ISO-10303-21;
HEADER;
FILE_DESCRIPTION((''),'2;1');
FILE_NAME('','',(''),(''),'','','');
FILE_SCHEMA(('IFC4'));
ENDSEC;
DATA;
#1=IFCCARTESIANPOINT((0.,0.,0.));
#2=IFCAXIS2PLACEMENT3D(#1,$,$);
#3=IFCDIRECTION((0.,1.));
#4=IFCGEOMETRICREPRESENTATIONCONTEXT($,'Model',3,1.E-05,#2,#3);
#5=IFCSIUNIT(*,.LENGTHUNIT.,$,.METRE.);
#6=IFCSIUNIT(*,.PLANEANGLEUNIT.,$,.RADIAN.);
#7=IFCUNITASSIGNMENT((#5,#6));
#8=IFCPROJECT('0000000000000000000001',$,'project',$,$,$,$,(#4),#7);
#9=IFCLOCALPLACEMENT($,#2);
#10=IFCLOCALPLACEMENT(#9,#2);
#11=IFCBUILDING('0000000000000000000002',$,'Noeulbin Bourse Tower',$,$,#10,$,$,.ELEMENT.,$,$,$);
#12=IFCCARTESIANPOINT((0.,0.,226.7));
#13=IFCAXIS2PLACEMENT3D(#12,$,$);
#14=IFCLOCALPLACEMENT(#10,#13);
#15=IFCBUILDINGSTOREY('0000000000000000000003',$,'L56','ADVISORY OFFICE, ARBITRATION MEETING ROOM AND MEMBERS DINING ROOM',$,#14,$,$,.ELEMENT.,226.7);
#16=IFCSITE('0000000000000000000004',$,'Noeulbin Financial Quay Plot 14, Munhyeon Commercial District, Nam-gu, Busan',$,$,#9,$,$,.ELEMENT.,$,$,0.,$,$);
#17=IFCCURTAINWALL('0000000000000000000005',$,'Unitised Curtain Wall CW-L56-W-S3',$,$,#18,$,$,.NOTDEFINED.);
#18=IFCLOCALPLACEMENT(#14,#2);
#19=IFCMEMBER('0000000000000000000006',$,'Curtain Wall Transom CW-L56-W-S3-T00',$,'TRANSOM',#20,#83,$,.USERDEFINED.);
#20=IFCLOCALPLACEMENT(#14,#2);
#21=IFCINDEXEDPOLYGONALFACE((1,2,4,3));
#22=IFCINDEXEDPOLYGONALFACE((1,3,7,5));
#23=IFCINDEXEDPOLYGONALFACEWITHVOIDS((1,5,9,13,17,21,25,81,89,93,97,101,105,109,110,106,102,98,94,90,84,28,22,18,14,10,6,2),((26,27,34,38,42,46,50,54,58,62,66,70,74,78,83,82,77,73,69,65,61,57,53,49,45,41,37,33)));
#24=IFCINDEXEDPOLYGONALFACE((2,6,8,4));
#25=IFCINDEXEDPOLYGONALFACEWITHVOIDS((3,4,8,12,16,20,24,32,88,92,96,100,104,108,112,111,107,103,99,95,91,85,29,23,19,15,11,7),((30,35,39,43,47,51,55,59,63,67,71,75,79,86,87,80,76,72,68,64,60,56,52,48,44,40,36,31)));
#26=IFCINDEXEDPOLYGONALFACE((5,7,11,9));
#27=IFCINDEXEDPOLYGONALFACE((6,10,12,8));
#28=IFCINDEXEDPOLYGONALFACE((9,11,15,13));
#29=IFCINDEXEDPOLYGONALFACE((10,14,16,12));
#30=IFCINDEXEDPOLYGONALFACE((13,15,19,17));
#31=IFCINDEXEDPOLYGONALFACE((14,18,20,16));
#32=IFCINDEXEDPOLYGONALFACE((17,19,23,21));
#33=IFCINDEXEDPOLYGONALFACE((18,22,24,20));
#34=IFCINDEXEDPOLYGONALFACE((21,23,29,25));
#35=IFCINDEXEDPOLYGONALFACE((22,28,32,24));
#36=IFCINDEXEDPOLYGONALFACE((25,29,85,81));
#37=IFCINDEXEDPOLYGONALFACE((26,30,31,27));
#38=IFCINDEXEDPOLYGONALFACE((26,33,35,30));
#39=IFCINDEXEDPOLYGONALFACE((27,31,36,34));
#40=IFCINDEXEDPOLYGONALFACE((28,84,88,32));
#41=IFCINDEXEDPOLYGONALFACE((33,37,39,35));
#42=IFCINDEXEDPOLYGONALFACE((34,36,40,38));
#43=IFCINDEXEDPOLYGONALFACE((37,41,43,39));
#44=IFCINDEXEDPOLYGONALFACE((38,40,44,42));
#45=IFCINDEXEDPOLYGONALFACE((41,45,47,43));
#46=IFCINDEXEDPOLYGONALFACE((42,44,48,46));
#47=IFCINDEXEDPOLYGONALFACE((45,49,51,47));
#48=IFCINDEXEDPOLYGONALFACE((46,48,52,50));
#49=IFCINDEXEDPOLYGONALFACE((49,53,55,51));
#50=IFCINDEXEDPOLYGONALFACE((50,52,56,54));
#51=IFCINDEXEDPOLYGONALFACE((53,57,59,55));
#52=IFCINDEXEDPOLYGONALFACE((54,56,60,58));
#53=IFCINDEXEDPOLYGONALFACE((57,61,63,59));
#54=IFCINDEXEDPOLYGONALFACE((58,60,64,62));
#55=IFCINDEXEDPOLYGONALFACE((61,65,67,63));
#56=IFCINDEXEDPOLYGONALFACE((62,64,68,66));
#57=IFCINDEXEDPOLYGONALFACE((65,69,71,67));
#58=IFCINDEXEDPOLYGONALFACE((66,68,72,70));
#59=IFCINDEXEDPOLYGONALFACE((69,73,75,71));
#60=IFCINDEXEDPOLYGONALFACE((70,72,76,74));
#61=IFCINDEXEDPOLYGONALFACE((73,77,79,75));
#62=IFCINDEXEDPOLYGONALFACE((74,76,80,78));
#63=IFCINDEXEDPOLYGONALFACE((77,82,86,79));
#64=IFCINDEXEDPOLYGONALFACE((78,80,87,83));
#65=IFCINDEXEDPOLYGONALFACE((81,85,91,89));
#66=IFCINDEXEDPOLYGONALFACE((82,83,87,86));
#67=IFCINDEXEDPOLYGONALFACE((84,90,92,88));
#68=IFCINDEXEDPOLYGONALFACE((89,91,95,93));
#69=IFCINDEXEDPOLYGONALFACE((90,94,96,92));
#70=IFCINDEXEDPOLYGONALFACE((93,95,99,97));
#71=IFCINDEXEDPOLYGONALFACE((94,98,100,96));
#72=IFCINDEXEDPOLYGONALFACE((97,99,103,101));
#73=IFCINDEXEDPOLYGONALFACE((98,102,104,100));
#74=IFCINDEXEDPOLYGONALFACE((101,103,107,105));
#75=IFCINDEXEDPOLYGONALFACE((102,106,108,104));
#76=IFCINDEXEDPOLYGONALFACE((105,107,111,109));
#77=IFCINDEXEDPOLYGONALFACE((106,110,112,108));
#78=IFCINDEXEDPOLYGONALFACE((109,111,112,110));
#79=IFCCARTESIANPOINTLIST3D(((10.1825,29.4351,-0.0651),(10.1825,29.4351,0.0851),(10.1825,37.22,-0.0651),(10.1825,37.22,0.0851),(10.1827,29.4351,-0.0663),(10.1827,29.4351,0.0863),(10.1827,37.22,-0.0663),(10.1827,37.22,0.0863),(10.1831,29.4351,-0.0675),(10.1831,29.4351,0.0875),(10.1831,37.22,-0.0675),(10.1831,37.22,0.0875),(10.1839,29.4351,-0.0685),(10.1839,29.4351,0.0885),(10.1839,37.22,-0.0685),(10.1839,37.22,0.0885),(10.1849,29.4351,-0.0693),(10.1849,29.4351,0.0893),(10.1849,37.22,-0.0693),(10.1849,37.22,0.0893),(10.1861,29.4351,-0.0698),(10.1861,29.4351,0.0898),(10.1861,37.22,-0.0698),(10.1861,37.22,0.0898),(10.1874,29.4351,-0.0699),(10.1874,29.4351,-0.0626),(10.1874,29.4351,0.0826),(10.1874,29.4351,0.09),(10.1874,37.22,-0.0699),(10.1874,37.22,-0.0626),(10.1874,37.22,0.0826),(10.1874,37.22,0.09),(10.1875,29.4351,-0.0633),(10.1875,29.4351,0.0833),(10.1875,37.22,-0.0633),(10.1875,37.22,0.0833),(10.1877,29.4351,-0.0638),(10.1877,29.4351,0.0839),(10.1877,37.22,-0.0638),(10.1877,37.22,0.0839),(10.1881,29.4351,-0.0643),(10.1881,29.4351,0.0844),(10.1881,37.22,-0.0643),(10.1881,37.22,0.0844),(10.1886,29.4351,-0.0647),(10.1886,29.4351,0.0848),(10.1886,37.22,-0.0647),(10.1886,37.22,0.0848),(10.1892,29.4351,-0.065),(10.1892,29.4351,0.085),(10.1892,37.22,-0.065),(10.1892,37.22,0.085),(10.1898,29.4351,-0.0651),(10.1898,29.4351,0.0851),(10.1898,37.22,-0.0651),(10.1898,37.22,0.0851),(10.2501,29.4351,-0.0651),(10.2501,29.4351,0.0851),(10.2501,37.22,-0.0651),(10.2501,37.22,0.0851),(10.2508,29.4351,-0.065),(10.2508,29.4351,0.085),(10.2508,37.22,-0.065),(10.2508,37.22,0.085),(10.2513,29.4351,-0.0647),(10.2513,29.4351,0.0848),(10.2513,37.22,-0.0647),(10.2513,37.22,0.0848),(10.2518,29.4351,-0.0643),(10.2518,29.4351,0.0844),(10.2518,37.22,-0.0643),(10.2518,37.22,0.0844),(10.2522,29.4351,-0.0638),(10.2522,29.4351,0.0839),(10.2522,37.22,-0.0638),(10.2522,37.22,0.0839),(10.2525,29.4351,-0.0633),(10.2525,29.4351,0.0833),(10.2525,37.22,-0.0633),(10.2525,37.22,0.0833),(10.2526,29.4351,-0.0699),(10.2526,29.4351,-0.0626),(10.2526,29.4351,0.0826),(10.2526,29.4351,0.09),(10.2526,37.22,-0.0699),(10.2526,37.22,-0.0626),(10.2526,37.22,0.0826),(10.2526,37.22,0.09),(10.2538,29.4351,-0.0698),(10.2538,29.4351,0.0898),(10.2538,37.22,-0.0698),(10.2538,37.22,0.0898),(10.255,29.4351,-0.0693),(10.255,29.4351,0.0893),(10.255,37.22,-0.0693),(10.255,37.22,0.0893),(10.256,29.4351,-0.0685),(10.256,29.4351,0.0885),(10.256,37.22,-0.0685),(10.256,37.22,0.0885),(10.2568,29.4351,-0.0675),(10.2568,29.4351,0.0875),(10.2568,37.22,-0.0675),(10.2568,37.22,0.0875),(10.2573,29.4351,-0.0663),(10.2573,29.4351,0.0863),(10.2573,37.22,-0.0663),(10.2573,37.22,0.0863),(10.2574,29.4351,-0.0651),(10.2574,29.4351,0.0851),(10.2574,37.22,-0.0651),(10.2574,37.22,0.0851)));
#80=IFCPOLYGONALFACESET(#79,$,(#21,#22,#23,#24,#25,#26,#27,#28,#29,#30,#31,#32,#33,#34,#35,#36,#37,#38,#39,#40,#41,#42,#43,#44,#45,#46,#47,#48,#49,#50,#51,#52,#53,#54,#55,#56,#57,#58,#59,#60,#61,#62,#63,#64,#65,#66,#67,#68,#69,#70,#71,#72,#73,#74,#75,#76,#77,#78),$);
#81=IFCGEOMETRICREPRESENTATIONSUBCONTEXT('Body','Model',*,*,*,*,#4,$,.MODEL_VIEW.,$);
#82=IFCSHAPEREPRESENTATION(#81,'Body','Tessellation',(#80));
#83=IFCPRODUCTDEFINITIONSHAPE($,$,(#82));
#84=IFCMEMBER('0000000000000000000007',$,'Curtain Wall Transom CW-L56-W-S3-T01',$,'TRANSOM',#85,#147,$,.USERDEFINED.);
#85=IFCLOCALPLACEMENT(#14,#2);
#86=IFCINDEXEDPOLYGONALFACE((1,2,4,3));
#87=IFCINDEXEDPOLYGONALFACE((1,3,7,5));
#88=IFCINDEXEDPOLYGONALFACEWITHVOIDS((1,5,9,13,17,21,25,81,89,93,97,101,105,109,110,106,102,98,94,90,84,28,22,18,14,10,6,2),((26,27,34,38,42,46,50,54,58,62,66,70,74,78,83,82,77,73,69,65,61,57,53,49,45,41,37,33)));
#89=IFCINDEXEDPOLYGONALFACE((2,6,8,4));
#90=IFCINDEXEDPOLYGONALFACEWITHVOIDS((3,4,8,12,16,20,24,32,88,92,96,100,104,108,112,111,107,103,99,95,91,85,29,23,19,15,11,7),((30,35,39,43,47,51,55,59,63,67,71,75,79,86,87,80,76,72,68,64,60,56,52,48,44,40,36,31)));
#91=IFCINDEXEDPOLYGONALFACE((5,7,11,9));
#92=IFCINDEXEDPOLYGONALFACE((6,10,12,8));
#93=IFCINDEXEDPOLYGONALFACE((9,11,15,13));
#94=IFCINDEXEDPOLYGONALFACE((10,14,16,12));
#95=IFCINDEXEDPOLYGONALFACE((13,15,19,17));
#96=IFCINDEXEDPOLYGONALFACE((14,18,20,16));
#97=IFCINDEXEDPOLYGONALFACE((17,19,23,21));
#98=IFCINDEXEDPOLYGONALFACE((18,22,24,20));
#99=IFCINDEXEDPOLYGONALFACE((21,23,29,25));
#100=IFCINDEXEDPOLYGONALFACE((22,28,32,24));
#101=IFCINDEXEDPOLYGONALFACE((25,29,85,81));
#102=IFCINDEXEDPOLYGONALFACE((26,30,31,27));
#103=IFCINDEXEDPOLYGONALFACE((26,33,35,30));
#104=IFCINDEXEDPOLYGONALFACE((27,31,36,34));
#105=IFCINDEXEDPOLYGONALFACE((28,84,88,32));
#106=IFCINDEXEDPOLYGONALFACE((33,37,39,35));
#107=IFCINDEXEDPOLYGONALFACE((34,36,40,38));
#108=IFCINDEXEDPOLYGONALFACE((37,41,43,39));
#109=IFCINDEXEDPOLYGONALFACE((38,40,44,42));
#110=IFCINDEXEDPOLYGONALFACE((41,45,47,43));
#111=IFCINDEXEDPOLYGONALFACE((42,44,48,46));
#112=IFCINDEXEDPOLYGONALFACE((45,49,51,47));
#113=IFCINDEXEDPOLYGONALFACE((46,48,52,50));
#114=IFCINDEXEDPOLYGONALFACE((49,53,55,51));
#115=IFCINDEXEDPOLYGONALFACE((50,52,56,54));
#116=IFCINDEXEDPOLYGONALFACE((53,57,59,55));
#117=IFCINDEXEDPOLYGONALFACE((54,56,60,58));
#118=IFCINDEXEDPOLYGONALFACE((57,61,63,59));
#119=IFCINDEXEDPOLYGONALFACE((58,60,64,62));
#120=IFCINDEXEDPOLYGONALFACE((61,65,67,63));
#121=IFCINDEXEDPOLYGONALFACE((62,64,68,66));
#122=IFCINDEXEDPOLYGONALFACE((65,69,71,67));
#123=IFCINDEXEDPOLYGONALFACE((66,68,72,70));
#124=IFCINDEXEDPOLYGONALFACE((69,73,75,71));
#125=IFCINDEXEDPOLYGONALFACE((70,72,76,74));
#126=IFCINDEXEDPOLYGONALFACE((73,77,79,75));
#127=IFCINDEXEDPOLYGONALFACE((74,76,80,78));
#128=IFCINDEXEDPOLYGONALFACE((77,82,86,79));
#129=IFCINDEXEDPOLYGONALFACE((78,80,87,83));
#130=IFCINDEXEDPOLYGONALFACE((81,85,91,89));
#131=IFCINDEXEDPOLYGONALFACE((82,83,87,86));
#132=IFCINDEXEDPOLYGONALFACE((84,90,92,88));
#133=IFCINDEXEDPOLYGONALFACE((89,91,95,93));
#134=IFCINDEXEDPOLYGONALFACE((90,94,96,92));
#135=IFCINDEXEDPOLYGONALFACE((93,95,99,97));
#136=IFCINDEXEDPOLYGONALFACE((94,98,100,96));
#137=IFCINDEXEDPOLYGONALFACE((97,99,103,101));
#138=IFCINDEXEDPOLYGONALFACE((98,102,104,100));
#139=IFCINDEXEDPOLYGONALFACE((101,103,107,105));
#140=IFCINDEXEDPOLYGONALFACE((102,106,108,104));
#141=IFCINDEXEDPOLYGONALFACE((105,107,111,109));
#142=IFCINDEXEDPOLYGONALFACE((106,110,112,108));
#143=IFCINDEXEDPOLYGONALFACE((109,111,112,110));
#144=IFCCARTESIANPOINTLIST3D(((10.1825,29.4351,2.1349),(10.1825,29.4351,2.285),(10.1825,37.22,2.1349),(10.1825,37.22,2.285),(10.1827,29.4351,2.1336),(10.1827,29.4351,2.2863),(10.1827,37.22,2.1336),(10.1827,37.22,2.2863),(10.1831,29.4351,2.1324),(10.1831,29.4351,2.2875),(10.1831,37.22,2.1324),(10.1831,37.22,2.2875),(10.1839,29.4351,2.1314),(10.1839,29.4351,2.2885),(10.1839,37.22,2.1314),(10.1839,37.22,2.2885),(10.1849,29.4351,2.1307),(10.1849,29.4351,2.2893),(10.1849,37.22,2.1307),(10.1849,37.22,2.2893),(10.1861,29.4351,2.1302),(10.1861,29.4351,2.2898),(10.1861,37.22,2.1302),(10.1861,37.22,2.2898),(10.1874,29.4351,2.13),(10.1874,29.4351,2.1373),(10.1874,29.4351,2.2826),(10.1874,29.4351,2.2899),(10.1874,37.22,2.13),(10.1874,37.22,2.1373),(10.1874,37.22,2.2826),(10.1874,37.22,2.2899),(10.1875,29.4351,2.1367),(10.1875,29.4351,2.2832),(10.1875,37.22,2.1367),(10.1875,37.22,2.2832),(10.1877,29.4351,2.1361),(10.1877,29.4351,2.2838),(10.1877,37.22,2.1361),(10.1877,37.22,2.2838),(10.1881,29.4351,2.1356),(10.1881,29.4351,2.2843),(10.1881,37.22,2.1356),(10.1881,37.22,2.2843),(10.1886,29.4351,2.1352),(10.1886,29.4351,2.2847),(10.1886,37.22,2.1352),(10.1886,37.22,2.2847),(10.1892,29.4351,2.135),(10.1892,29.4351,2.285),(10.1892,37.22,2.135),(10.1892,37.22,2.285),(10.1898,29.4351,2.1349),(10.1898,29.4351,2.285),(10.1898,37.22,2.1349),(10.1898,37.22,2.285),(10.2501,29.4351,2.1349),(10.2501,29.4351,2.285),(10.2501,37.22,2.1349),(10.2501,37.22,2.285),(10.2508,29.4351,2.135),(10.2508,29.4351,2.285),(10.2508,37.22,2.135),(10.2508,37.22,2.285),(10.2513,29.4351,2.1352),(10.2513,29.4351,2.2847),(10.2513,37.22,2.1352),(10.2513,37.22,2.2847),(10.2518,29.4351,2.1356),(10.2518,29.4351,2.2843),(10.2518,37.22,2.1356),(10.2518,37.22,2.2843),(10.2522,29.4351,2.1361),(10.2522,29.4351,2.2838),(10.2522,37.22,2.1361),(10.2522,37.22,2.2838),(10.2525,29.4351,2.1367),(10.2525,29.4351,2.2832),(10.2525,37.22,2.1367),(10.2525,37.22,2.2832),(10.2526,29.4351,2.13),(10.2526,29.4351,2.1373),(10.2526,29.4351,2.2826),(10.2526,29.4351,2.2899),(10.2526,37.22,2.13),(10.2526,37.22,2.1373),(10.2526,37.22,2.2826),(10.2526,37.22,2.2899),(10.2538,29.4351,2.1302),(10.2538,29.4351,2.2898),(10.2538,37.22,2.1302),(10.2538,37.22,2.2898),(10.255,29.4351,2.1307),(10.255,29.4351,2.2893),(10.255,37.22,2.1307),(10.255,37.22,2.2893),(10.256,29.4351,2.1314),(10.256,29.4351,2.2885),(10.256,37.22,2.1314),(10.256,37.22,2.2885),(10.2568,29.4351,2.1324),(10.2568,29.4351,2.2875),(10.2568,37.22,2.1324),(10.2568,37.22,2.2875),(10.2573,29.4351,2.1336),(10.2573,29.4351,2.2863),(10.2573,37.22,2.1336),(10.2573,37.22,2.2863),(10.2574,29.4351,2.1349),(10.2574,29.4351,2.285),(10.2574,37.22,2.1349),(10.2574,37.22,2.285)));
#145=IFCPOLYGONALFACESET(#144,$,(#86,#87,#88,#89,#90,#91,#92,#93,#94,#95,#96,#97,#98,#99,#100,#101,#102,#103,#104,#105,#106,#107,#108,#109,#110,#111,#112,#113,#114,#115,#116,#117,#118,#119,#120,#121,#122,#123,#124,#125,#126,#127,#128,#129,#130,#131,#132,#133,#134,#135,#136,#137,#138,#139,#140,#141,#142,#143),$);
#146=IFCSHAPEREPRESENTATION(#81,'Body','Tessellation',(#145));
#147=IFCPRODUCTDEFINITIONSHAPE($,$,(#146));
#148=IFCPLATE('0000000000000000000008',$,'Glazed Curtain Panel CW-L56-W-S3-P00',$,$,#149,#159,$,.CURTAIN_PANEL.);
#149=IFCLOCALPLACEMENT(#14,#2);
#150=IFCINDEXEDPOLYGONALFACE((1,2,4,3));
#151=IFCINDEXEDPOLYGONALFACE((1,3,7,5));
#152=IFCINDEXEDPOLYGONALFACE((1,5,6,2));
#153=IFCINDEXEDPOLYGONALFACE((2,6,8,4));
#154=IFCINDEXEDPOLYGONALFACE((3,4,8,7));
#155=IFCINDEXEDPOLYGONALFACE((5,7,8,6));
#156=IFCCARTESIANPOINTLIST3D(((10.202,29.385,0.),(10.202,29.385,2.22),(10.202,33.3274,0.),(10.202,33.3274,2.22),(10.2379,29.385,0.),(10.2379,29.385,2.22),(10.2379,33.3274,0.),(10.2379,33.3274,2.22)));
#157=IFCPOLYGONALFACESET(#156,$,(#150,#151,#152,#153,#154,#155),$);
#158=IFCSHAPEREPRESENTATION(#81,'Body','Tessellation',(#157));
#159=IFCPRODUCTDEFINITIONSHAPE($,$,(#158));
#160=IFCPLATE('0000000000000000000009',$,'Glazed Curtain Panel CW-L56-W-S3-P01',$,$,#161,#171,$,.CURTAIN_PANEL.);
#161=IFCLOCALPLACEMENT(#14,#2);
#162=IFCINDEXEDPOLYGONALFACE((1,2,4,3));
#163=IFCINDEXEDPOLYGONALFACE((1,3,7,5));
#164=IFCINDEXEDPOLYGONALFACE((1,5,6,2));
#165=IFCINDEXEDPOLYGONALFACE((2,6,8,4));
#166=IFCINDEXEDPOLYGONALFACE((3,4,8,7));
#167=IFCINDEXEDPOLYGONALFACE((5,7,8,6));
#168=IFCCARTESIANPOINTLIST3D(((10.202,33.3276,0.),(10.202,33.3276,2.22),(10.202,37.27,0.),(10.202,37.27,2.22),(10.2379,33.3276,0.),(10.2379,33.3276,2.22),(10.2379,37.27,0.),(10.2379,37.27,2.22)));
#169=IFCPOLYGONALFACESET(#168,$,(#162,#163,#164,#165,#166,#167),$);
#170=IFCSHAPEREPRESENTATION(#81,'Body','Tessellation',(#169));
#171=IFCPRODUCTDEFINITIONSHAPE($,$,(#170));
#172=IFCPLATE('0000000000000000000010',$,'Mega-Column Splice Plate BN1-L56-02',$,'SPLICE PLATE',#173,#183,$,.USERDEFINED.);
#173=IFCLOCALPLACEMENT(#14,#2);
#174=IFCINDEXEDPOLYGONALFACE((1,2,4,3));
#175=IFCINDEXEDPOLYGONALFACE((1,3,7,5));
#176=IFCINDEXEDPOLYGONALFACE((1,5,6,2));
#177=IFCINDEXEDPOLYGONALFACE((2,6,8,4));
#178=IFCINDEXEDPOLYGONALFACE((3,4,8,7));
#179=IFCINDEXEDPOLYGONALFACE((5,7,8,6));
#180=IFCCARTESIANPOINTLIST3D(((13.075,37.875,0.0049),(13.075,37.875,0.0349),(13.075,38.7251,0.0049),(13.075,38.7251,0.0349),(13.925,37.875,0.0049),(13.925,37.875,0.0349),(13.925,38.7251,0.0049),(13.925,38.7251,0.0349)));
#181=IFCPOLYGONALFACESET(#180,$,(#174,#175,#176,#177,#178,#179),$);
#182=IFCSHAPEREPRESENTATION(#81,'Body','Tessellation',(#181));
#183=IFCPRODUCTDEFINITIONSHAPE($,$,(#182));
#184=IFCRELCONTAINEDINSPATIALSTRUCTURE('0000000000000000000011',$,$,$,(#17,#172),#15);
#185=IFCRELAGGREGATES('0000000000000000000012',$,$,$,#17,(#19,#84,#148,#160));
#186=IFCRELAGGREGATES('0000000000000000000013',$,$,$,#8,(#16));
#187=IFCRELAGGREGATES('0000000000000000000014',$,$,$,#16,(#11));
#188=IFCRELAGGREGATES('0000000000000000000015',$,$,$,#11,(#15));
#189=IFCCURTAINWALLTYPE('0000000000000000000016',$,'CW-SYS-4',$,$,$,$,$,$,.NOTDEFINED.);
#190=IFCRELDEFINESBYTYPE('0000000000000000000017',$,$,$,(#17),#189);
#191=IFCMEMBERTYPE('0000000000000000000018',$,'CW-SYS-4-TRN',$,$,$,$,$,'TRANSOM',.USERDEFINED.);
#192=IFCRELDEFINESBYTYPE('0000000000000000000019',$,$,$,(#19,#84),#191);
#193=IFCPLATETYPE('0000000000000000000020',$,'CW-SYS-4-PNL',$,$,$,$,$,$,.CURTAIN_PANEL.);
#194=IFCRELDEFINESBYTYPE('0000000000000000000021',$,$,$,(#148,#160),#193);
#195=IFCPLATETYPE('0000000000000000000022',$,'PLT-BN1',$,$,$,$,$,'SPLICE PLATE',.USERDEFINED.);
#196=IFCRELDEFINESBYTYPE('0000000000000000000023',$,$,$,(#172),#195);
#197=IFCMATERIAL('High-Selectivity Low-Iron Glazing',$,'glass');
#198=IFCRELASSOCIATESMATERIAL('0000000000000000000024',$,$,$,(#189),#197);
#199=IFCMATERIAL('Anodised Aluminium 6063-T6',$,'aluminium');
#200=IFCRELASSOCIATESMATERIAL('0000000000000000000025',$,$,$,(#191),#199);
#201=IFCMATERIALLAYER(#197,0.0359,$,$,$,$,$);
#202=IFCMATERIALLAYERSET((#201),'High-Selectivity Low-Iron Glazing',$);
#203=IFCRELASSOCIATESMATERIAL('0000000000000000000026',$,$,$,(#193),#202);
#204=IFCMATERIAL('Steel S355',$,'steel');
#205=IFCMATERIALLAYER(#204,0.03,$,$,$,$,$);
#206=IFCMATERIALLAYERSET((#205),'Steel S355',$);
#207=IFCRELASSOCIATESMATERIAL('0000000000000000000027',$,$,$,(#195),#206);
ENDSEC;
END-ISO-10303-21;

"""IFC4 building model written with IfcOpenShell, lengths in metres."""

from ifc_helpers import new_model, si_unit, direction, frame, origin, origin_2d, place, context, subcontext, project, spatial, rectangle, hollow_rectangle, extrude, material, layer, layer_set, material_profile, profile_set, type_object, element, aggregate, save


model = new_model("IFC4")

# Units and contexts
model_context = context("Model", 3, precision=1e-05, world=origin(), true_north=direction((0.0, 1.0)))
body_context = subcontext(model_context, "Body", "Model", "MODEL_VIEW")
ifc_project = project(units=[si_unit("LENGTHUNIT", "METRE"), si_unit("PLANEANGLEUNIT", "RADIAN")], contexts=[model_context])

# Site, building, storey
site_placement = place(None, origin())
site = spatial("IfcSite", under=ifc_project, at=site_placement, Name="Noeulbin Financial Quay Plot 14, Munhyeon Commercial District, Nam-gu, Busan", CompositionType="ELEMENT", RefElevation=0.0)
building_placement = place(site_placement, origin())
building = spatial("IfcBuilding", under=site, at=building_placement, Name="Noeulbin Bourse Tower", CompositionType="ELEMENT")
storey_placement = place(building_placement, frame((0.0, 0.0, 226.7)))
storey = spatial("IfcBuildingStorey", under=building, at=storey_placement, Name="L56", Description="ADVISORY OFFICE, ARBITRATION MEETING ROOM AND MEMBERS DINING ROOM", CompositionType="ELEMENT", Elevation=226.7)

# Shared definitions
ifc_material_1 = material(Name="Steel S355", Category="steel")

# Shared definitions
ifc_material_2 = material(Name="High-Selectivity Low-Iron Glazing", Category="glass")
curtain_wall_type = type_object("IfcCurtainWallType", Name="CW-SYS-4", PredefinedType="NOTDEFINED", material=ifc_material_2)
ifc_material_3 = material(Name="Anodised Aluminium 6063-T6", Category="aluminium")

# Curtain wall
curtain_wall_1_placement = place(storey_placement, origin())
curtain_wall_1 = element("IfcCurtainWall", 1, at=curtain_wall_1_placement, inside=storey, type_object=curtain_wall_type, Name="Unitised Curtain Wall CW-L56-W-S3", PredefinedType="NOTDEFINED")

# Members
ifc_material_profile_1 = material_profile(ifc_material_3, hollow_rectangle(XDim=0.075, YDim=0.1599, WallThickness=0.0049, InnerFilletRadius=0.0024, OuterFilletRadius=0.0049, at=origin_2d()), Name="ALU-TRAN-75x160x5", Category="LoadBearing")
ifc_profile_set_1 = profile_set([ifc_material_profile_1], Name="Anodised Aluminium 6063-T6")
member_type_1 = type_object("IfcMemberType", Name="CW-SYS-4-TRN", ElementType="TRANSOM", PredefinedType="USERDEFINED", material=ifc_profile_set_1)
member_1_placement = place(storey_placement, frame((10.22, 29.4351, 0.01), z_axis=(0.0, 1.0, 0.0), x_axis=(-1.0, 0.0, 0.0)))
member_1 = element("IfcMember", 2, at=member_1_placement, type_object=member_type_1, Name="Curtain Wall Transom CW-L56-W-S3-T00", ObjectType="TRANSOM", PredefinedType="USERDEFINED", context=body_context, shape_type="SweptSolid", body=[
    extrude(hollow_rectangle(XDim=0.075, YDim=0.1599, WallThickness=0.0049, InnerFilletRadius=0.0024, OuterFilletRadius=0.0049, at=origin_2d()), origin(), (0.0, 0.0, 1.0), 7.7849),
])
member_2_placement = place(storey_placement, frame((10.22, 29.4351, 2.21), z_axis=(0.0, 1.0, 0.0), x_axis=(-1.0, 0.0, 0.0)))
member_2 = element("IfcMember", 3, at=member_2_placement, type_object=member_type_1, Name="Curtain Wall Transom CW-L56-W-S3-T01", ObjectType="TRANSOM", PredefinedType="USERDEFINED", context=body_context, shape_type="SweptSolid", body=[
    extrude(hollow_rectangle(XDim=0.075, YDim=0.1599, WallThickness=0.0049, InnerFilletRadius=0.0024, OuterFilletRadius=0.0049, at=origin_2d()), origin(), (0.0, 0.0, 1.0), 7.7849),
])

# Plates
ifc_layer_1 = layer(ifc_material_2, 0.0359)
ifc_layer_set_1 = layer_set([ifc_layer_1], Name="High-Selectivity Low-Iron Glazing")
plate_type_1 = type_object("IfcPlateType", Name="CW-SYS-4-PNL", PredefinedType="CURTAIN_PANEL", material=ifc_layer_set_1)
plate_1_placement = place(storey_placement, frame((10.22, 31.3562, 0.0), z_axis=(0.0, 0.0, 1.0), x_axis=(0.0, 1.0, 0.0)))
plate_1 = element("IfcPlate", 4, at=plate_1_placement, type_object=plate_type_1, Name="Glazed Curtain Panel CW-L56-W-S3-P00", PredefinedType="CURTAIN_PANEL", context=body_context, shape_type="SweptSolid", body=[
    extrude(rectangle(XDim=3.9424, YDim=0.0359, at=origin_2d()), origin(), (0.0, 0.0, 1.0), 2.22),
])
plate_2_placement = place(storey_placement, frame((10.22, 35.2988, 0.0), z_axis=(0.0, 0.0, 1.0), x_axis=(0.0, 1.0, 0.0)))
plate_2 = element("IfcPlate", 5, at=plate_2_placement, type_object=plate_type_1, Name="Glazed Curtain Panel CW-L56-W-S3-P01", PredefinedType="CURTAIN_PANEL", context=body_context, shape_type="SweptSolid", body=[
    extrude(rectangle(XDim=3.9424, YDim=0.0359, at=origin_2d()), origin(), (0.0, 0.0, 1.0), 2.22),
])
aggregate(curtain_wall_1, [member_1, member_2, plate_1, plate_2])
ifc_layer_2 = layer(ifc_material_1, 0.03)
ifc_layer_set_2 = layer_set([ifc_layer_2], Name="Steel S355")
plate_type_2 = type_object("IfcPlateType", Name="PLT-BN1", ElementType="SPLICE PLATE", PredefinedType="USERDEFINED", material=ifc_layer_set_2)
plate_3_placement = place(storey_placement, frame((13.5, 38.3, 0.0049), z_axis=(0.0, 0.0, 1.0), x_axis=(1.0, 0.0, 0.0)))
element("IfcPlate", 6, at=plate_3_placement, inside=storey, type_object=plate_type_2, Name="Mega-Column Splice Plate BN1-L56-02", ObjectType="SPLICE PLATE", PredefinedType="USERDEFINED", context=body_context, shape_type="SweptSolid", body=[
    extrude(rectangle(XDim=0.8501, YDim=0.8501, at=origin_2d()), origin(), (0.0, 0.0, 1.0), 0.03),
])

save(model, "model.ifc")
